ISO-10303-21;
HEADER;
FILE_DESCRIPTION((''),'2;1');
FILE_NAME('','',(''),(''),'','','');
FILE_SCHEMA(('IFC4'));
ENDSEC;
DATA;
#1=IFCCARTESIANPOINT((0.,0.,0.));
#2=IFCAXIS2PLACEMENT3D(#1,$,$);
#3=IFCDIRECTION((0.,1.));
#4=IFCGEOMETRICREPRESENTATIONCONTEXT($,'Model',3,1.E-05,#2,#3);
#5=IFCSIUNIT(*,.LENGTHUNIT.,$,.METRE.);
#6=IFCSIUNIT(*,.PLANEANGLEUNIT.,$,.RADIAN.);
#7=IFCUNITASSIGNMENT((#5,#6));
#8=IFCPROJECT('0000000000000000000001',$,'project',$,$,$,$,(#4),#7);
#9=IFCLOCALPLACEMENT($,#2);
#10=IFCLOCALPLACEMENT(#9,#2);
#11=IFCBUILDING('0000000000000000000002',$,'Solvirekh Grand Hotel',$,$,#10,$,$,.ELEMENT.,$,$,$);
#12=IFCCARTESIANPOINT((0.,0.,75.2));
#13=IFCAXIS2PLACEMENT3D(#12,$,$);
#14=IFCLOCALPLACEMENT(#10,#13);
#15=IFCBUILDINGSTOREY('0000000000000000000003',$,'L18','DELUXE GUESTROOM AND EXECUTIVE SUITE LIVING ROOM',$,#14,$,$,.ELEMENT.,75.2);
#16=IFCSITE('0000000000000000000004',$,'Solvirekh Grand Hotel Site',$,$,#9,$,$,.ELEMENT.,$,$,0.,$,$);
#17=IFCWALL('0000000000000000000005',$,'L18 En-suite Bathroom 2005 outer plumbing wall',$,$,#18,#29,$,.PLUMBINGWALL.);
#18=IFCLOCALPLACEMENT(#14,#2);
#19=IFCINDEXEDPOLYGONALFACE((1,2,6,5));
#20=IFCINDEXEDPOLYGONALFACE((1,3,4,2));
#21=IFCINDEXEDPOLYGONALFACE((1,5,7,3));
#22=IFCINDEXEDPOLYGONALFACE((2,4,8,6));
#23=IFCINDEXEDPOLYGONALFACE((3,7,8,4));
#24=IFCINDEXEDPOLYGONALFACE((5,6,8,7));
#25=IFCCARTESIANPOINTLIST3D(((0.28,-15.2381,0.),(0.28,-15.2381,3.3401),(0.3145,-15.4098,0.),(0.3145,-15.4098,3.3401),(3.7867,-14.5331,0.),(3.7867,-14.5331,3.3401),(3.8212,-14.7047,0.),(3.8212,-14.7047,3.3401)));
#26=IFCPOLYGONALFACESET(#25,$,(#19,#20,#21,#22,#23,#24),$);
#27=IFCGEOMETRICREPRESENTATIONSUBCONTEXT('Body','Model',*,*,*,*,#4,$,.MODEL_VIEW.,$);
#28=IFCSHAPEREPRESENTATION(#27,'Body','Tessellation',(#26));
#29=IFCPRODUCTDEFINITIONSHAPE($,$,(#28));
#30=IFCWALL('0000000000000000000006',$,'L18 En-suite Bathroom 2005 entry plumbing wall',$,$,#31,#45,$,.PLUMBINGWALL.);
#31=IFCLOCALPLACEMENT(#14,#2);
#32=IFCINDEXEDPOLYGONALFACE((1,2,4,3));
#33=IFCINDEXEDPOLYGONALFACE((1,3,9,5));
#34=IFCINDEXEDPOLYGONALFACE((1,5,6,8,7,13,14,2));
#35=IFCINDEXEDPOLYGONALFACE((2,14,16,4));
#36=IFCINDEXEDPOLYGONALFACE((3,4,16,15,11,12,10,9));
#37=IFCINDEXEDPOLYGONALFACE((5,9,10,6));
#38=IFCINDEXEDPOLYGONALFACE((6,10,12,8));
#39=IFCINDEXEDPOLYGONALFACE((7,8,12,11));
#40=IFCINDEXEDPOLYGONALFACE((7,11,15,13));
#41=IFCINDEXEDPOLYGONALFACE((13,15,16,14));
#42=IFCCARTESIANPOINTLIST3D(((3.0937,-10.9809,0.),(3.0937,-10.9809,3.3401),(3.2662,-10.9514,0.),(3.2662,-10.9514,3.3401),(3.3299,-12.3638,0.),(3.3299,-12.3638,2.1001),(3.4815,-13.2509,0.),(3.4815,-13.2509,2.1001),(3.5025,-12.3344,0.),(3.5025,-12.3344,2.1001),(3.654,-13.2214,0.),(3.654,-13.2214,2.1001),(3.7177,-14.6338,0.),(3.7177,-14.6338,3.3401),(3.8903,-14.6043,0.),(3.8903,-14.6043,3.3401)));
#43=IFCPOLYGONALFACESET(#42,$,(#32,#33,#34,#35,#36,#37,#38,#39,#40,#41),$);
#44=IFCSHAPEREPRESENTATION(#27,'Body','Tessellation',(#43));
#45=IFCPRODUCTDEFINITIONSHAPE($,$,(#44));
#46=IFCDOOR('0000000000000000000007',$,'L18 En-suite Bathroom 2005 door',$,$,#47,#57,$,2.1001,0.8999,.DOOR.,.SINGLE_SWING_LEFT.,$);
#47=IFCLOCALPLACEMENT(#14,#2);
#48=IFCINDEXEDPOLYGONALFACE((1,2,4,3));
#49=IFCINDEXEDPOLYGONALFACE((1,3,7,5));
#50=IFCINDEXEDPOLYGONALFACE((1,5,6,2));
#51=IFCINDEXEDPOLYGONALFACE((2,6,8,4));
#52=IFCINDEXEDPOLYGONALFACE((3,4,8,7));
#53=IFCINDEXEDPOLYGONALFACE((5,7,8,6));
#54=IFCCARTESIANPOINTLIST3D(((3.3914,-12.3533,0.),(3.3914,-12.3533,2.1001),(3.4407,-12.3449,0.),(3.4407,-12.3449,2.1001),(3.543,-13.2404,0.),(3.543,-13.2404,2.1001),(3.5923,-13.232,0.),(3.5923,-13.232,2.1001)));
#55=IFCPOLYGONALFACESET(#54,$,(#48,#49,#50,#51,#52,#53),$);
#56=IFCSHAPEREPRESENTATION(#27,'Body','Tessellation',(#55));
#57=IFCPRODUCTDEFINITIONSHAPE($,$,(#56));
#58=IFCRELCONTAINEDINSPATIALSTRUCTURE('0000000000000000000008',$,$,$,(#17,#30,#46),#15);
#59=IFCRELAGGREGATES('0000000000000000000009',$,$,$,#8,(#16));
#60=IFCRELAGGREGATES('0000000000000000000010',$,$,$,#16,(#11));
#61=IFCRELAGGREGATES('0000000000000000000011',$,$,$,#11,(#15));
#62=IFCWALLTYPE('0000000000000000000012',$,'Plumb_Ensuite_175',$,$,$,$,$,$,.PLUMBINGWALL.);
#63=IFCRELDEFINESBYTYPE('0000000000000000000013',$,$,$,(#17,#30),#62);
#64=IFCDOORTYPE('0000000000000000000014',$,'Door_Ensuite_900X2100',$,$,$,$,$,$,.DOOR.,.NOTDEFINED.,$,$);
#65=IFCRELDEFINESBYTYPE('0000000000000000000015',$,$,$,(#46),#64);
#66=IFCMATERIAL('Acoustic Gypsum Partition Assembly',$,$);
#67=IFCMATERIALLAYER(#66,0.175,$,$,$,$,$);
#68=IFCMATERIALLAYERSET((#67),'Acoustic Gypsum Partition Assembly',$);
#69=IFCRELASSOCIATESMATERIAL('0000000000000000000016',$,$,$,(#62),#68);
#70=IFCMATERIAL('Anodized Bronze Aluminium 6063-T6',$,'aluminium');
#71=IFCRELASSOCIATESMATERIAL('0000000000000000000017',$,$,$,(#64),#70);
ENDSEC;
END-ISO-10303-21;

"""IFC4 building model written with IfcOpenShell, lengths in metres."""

from ifc_helpers import new_model, si_unit, direction, frame, frame_2d, origin, place, context, subcontext, project, spatial, rectangle, extrude, material, layer, layer_set, type_object, element, fill, save


model = new_model("IFC4")

# Units and contexts
model_context = context("Model", 3, precision=1e-05, world=origin(), true_north=direction((0.0, 1.0)))
body_context = subcontext(model_context, "Body", "Model", "MODEL_VIEW")
ifc_project = project(units=[si_unit("LENGTHUNIT", "METRE"), si_unit("PLANEANGLEUNIT", "RADIAN")], contexts=[model_context])

# Site, building, storey
site_placement = place(None, origin())
site = spatial("IfcSite", under=ifc_project, at=site_placement, Name="Solvirekh Grand Hotel Site", CompositionType="ELEMENT", RefElevation=0.0)
building_placement = place(site_placement, origin())
building = spatial("IfcBuilding", under=site, at=building_placement, Name="Solvirekh Grand Hotel", CompositionType="ELEMENT")
storey_placement = place(building_placement, frame((0.0, 0.0, 75.2)))
storey = spatial("IfcBuildingStorey", under=building, at=storey_placement, Name="L18", Description="DELUXE GUESTROOM AND EXECUTIVE SUITE LIVING ROOM", CompositionType="ELEMENT", Elevation=75.2)

# Shared definitions
ifc_material_1 = material(Name="Acoustic Gypsum Partition Assembly")

# Shared definitions
ifc_material_2 = material(Name="Anodized Bronze Aluminium 6063-T6", Category="aluminium")

# Wall
ifc_layer_1 = layer(ifc_material_1, 0.175)
ifc_layer_set_1 = layer_set([ifc_layer_1], Name="Acoustic Gypsum Partition Assembly")
wall_type_1 = type_object("IfcWallType", Name="Plumb_Ensuite_175", PredefinedType="PLUMBINGWALL", material=ifc_layer_set_1)
wall_1_placement = place(storey_placement, frame((0.2971, -15.324, 0.0), z_axis=(0.0, 0.0, 1.0), x_axis=(0.980381, 0.197114, 0.0)))
element("IfcWall", 1, at=wall_1_placement, inside=storey, type_object=wall_type_1, Name="L18 En-suite Bathroom 2005 outer plumbing wall", PredefinedType="PLUMBINGWALL", context=body_context, shape_type="SweptSolid", body=[
    extrude(rectangle(XDim=3.5769, YDim=0.175, at=frame_2d((1.7886, 0.0))), origin(), (0.0, 0.0, 1.0), 3.3401),
])

# Wall, opening, door
wall_2_placement = place(storey_placement, frame((3.1799, -10.9661, 0.0), z_axis=(0.0, 0.0, 1.0), x_axis=(0.168393, -0.98572, 0.0)))
wall_2 = element("IfcWall", 2, at=wall_2_placement, inside=storey, type_object=wall_type_1, Name="L18 En-suite Bathroom 2005 entry plumbing wall", PredefinedType="PLUMBINGWALL", context=body_context, shape_type="SweptSolid", body=[
    extrude(rectangle(XDim=3.7058, YDim=0.175, at=frame_2d((1.853, 0.0))), origin(), (0.0, 0.0, 1.0), 3.3401),
])
opening_1_placement = place(wall_2_placement, frame((1.4031, 0.0, 0.0)))
opening_1 = element("IfcOpeningElement", 3, at=opening_1_placement, cuts=wall_2, PredefinedType="OPENING", context=body_context, shape_type="SweptSolid", body=[
    extrude(rectangle(XDim=0.8999, YDim=2.1001, at=frame_2d((0.45, 1.05))), frame((0.0, 0.0977, 0.0), z_axis=(0.0, -1.0, 0.0), x_axis=(1.0, 0.0, 0.0)), (0.0, 0.0, 1.0), 0.1951),
])
door_type_1 = type_object("IfcDoorType", Name="Door_Ensuite_900X2100", OperationType="NOTDEFINED", PredefinedType="DOOR", material=ifc_material_2)
door_1_placement = place(opening_1_placement, origin())
door_1 = element("IfcDoor", 4, at=door_1_placement, inside=storey, type_object=door_type_1, Name="L18 En-suite Bathroom 2005 door", OperationType="SINGLE_SWING_LEFT", OverallHeight=2.1001, OverallWidth=0.8999, PredefinedType="DOOR", context=body_context, shape_type="SweptSolid", body=[
    extrude(rectangle(XDim=0.8999, YDim=2.1001, at=frame_2d((0.45, 1.05))), frame((0.0, 0.0249, 0.0), z_axis=(0.0, -1.0, 0.0), x_axis=(1.0, 0.0, 0.0)), (0.0, 0.0, 1.0), 0.05),
])
fill(opening_1, door_1)

save(model, "model.ifc")
